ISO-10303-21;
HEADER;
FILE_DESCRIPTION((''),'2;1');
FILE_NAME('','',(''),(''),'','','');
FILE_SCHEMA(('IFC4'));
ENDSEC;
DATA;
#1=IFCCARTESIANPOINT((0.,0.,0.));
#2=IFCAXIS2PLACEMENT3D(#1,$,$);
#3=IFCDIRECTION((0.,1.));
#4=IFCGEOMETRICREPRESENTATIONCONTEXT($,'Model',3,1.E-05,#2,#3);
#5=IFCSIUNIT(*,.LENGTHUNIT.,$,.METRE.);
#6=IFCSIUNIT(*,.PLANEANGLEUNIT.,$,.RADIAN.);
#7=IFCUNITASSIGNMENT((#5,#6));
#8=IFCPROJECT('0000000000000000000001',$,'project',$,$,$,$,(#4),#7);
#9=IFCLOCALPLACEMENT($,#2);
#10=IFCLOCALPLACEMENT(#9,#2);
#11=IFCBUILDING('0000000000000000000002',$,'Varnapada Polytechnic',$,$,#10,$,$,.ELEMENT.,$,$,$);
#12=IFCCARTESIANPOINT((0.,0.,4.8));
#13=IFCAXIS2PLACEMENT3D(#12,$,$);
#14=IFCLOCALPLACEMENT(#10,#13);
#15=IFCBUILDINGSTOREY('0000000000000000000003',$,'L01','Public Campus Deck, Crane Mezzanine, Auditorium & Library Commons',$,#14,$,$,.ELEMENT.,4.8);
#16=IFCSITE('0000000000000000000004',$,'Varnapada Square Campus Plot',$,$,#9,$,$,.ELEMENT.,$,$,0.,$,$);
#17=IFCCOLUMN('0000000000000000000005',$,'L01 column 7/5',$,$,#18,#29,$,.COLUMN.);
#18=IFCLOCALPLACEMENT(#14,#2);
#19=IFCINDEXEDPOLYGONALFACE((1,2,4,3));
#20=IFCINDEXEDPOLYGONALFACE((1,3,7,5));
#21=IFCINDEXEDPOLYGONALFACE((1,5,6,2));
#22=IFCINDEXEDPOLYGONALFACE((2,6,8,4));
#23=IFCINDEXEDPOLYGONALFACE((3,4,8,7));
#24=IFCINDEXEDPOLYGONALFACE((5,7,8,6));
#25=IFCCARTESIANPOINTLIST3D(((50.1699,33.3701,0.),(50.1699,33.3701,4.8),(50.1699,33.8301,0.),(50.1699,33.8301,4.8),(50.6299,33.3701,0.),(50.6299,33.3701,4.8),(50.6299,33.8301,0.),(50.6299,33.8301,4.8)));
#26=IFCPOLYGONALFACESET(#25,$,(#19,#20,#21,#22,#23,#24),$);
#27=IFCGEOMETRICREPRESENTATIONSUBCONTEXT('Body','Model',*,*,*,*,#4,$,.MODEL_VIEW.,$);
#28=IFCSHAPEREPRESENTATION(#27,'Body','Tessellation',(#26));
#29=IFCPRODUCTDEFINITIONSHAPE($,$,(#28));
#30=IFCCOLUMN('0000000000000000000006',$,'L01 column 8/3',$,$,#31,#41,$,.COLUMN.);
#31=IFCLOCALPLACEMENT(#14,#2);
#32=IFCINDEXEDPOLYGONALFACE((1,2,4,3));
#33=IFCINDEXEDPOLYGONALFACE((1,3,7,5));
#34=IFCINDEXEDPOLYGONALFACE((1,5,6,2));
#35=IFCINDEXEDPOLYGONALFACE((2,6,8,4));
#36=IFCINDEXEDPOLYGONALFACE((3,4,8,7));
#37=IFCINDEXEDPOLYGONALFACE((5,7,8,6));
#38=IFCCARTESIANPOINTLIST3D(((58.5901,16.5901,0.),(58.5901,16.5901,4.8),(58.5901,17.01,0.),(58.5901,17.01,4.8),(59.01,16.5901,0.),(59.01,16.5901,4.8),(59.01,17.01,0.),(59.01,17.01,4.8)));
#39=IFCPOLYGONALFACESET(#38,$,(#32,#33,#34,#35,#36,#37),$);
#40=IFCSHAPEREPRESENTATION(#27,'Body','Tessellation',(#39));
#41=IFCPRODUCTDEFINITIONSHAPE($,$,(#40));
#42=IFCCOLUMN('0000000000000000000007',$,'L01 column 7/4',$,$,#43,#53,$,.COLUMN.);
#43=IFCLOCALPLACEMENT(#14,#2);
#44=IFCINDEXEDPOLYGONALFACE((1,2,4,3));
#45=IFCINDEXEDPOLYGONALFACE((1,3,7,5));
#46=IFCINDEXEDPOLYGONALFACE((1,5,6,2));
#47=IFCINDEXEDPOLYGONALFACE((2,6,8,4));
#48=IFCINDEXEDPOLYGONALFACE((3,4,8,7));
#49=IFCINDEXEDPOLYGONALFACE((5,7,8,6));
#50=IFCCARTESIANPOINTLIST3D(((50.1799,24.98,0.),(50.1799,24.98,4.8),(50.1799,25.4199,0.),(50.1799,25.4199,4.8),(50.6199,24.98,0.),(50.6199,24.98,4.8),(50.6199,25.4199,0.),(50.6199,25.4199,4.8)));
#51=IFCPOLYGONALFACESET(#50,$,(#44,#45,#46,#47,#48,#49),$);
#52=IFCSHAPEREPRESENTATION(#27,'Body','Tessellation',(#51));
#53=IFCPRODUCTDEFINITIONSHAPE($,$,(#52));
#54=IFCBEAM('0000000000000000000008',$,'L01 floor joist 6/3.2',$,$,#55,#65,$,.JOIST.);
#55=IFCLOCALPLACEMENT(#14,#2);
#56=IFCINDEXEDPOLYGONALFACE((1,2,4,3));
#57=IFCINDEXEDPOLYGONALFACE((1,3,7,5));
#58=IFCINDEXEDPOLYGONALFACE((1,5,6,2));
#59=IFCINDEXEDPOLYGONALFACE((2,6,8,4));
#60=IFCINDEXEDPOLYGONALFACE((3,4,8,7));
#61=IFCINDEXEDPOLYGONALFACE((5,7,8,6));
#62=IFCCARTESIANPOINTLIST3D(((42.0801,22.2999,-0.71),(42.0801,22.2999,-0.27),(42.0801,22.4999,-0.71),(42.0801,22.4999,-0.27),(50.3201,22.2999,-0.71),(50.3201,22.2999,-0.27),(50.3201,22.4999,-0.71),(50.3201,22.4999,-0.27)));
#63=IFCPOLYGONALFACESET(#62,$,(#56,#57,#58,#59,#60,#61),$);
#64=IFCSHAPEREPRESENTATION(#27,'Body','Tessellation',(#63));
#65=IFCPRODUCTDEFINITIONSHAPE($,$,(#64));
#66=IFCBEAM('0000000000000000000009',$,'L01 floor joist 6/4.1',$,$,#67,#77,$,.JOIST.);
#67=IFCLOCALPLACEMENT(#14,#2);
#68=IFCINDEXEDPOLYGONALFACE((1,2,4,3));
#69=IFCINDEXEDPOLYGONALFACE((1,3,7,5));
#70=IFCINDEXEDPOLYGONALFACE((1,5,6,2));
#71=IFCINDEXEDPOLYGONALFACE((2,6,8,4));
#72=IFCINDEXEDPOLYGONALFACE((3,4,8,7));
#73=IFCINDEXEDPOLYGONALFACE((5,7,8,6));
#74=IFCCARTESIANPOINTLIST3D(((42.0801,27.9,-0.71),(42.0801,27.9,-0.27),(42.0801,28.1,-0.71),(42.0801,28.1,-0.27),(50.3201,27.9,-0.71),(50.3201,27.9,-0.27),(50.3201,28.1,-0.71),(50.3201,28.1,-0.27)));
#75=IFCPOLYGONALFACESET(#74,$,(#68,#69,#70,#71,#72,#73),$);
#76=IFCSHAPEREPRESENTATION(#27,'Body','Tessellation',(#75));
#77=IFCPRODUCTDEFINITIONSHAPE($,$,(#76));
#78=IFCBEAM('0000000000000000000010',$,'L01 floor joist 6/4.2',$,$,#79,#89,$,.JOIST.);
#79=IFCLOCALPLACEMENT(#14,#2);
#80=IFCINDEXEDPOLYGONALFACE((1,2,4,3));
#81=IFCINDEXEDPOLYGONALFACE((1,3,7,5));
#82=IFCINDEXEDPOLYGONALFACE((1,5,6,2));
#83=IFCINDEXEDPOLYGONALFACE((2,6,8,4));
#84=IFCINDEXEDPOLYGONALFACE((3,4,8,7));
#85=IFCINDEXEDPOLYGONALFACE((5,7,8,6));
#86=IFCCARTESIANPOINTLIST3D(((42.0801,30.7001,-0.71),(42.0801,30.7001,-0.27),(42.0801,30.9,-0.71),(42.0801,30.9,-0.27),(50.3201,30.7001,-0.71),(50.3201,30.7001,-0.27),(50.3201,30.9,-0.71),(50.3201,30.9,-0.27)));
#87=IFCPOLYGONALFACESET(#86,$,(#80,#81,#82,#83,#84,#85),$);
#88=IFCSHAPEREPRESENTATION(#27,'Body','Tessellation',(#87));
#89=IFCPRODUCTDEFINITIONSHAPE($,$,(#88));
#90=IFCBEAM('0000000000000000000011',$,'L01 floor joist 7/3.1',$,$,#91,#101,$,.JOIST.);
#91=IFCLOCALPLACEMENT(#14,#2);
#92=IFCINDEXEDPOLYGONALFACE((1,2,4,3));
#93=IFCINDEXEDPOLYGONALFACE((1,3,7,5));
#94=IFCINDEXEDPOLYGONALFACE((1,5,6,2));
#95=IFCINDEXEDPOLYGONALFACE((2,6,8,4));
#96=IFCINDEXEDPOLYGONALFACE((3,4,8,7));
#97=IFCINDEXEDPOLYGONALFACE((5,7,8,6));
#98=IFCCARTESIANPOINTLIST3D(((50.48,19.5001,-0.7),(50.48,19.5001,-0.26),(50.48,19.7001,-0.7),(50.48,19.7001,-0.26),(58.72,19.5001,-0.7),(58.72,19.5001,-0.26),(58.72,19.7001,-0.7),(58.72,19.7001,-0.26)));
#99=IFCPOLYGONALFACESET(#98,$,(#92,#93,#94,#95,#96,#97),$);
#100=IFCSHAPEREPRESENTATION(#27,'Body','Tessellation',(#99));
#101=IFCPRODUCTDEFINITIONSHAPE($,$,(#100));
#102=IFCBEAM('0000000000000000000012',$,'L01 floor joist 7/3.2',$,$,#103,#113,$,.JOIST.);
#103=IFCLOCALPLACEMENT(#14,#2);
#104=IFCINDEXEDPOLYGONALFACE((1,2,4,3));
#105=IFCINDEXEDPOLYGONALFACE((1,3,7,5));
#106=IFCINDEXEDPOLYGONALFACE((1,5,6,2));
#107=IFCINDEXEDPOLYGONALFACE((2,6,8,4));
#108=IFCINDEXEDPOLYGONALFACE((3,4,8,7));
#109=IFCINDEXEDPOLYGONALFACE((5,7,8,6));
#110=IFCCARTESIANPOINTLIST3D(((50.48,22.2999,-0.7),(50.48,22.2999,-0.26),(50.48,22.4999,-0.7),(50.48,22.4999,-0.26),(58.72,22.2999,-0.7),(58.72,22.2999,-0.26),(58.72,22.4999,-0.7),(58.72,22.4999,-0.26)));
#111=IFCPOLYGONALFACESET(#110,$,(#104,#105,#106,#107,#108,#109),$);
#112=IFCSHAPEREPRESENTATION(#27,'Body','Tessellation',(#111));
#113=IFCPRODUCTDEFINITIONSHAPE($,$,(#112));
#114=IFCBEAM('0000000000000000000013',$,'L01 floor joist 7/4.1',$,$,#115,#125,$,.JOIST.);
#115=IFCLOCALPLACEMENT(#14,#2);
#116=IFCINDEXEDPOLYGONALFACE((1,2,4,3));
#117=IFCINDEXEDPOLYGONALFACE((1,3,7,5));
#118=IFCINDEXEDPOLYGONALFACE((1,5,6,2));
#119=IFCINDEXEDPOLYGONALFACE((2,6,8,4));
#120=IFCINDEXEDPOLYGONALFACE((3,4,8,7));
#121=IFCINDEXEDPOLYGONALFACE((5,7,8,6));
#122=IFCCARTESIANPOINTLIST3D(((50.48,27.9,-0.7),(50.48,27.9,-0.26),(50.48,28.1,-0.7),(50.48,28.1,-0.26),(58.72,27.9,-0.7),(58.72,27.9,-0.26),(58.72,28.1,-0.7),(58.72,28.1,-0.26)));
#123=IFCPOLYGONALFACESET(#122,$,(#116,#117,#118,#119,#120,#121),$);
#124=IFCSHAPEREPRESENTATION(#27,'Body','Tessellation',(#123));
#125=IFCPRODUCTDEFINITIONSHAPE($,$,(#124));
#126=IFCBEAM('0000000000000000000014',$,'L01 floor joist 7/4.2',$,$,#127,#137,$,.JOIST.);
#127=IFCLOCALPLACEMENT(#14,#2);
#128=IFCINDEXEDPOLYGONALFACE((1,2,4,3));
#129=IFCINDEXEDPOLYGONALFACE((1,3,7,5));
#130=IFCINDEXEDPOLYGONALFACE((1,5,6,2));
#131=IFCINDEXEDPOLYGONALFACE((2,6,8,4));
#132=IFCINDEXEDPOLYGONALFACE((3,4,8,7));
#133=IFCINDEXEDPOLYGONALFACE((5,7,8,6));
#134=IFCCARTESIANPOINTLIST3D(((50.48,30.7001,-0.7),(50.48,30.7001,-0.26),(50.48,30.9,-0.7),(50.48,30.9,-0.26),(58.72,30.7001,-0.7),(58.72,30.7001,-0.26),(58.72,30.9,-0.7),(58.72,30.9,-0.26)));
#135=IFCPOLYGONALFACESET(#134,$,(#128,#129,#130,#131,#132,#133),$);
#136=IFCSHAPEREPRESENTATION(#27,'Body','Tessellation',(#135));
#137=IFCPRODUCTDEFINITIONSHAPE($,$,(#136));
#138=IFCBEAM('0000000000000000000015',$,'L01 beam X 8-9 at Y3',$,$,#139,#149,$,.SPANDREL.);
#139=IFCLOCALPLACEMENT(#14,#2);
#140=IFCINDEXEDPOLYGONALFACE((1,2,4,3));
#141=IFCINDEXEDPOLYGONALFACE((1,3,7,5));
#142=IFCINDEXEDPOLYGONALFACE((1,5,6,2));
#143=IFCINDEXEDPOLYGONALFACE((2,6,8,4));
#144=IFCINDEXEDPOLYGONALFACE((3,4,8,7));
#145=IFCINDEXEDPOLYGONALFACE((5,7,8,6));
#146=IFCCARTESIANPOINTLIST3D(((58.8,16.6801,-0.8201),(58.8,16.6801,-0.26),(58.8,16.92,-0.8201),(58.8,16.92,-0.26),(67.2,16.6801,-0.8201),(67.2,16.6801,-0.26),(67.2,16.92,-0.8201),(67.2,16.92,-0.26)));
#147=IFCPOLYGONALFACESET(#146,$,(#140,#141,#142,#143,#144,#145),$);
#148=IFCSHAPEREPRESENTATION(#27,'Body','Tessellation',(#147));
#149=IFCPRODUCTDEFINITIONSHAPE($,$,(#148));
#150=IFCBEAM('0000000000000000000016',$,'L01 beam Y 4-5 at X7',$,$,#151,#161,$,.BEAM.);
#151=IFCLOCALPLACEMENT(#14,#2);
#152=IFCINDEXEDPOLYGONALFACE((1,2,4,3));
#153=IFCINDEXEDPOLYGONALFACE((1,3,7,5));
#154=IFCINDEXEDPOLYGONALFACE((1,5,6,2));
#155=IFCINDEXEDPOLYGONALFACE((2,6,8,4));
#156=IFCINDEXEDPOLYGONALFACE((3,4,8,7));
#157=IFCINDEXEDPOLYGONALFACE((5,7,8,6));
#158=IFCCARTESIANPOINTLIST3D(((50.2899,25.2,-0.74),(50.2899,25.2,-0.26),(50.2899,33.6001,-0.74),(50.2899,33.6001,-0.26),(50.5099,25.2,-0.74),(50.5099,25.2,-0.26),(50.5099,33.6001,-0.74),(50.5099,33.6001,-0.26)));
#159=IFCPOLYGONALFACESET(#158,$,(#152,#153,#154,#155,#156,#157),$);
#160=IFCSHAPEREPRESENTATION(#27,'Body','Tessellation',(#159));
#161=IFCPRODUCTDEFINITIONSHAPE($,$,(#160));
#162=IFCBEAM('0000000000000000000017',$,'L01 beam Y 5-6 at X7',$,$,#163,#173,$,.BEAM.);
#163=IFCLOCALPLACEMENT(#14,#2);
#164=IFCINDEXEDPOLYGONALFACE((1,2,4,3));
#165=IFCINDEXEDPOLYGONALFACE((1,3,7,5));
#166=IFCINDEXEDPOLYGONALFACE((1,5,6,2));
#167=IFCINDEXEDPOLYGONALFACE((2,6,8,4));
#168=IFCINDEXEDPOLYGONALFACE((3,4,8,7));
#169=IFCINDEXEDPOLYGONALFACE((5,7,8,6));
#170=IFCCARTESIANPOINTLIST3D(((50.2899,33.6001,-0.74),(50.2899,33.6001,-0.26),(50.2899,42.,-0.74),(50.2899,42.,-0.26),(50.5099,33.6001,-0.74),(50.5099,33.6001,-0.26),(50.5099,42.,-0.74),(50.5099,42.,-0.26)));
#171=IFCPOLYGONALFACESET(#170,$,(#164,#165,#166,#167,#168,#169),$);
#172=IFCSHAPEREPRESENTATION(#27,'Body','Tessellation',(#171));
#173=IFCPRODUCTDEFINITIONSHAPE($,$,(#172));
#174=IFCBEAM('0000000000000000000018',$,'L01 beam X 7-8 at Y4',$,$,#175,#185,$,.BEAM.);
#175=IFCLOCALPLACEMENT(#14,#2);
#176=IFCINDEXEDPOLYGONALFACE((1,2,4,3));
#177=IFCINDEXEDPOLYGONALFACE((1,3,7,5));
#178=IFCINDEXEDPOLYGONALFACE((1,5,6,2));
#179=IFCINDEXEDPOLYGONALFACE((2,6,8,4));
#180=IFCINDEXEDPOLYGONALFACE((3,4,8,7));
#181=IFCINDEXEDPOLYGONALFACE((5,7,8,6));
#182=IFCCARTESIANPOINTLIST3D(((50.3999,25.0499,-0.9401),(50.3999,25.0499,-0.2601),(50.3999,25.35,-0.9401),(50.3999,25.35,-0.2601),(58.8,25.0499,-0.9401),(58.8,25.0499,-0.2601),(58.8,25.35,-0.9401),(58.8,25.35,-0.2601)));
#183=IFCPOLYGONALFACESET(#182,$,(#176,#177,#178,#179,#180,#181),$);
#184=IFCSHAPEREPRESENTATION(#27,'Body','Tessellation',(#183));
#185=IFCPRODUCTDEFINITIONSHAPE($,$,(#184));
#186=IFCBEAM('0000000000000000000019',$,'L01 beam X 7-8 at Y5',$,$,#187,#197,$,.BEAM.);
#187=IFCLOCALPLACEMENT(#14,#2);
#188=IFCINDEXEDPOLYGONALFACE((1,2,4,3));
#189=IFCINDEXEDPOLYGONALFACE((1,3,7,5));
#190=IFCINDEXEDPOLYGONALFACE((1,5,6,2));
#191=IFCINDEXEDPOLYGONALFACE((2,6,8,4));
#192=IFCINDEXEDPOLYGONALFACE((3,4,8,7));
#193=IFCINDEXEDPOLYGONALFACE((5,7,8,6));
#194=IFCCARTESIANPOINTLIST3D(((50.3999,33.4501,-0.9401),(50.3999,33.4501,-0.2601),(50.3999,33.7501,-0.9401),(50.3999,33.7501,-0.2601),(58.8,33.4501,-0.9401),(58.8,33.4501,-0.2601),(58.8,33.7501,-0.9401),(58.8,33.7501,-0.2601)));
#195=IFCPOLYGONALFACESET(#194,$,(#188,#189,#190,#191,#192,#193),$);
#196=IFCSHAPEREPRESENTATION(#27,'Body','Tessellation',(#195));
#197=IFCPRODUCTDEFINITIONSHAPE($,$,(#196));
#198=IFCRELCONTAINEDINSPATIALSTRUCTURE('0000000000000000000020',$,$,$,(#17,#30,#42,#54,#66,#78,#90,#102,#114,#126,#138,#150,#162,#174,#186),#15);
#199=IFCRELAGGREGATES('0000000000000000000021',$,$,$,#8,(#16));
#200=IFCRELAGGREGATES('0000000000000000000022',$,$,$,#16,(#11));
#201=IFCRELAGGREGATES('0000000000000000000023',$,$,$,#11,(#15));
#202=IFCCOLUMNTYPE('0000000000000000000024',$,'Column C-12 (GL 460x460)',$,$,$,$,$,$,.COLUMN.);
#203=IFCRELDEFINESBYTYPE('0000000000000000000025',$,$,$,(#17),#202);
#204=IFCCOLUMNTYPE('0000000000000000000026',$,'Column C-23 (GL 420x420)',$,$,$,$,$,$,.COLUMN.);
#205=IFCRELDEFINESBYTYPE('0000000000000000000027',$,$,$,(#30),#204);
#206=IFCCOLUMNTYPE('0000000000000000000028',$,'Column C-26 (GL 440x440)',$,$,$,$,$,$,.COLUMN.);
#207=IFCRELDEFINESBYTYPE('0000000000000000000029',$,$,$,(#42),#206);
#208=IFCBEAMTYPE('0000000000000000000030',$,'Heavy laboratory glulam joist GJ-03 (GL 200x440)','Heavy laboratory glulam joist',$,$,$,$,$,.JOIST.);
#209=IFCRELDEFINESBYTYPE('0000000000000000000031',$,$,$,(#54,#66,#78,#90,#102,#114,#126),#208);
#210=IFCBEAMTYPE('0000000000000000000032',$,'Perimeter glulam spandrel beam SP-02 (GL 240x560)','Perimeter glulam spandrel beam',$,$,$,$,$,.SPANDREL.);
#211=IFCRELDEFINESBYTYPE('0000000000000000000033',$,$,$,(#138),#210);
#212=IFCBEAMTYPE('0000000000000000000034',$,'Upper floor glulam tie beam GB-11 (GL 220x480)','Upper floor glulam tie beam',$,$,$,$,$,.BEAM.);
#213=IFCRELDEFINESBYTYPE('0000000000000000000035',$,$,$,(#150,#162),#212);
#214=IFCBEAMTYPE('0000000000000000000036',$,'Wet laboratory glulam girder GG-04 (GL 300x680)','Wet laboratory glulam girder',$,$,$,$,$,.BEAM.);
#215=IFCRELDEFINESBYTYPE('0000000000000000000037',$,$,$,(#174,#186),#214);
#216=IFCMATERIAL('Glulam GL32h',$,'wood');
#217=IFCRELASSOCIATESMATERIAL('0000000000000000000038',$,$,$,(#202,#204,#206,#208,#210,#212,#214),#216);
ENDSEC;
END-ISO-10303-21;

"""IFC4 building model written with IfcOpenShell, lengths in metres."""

from ifc_helpers import new_model, si_unit, direction, frame, origin, origin_2d, place, context, subcontext, project, spatial, rectangle, extrude, material, material_profile, profile_set, type_object, element, save


model = new_model("IFC4")

# Units and contexts
model_context = context("Model", 3, precision=1e-05, world=origin(), true_north=direction((0.0, 1.0)))
body_context = subcontext(model_context, "Body", "Model", "MODEL_VIEW")
ifc_project = project(units=[si_unit("LENGTHUNIT", "METRE"), si_unit("PLANEANGLEUNIT", "RADIAN")], contexts=[model_context])

# Site, building, storey
site_placement = place(None, origin())
site = spatial("IfcSite", under=ifc_project, at=site_placement, Name="Varnapada Square Campus Plot", CompositionType="ELEMENT", RefElevation=0.0)
building_placement = place(site_placement, origin())
building = spatial("IfcBuilding", under=site, at=building_placement, Name="Varnapada Polytechnic", CompositionType="ELEMENT")
storey_placement = place(building_placement, frame((0.0, 0.0, 4.8)))
storey = spatial("IfcBuildingStorey", under=building, at=storey_placement, Name="L01", Description="Public Campus Deck, Crane Mezzanine, Auditorium & Library Commons", CompositionType="ELEMENT", Elevation=4.8)

# Columns
ifc_material_1 = material(Name="Glulam GL32h", Category="wood")
ifc_material_profile_1 = material_profile(ifc_material_1, rectangle(XDim=0.46, YDim=0.46, at=origin_2d()), Name="GL 460x460")
ifc_profile_set_1 = profile_set([ifc_material_profile_1], Name="Glulam GL32h")
column_type_1 = type_object("IfcColumnType", Name="Column C-12 (GL 460x460)", PredefinedType="COLUMN", material=ifc_profile_set_1)
column_1_placement = place(storey_placement, frame((50.3999, 33.6001, 0.0), z_axis=(0.0, 0.0, 1.0), x_axis=(1.0, 0.0, 0.0)))
element("IfcColumn", 1, at=column_1_placement, inside=storey, type_object=column_type_1, Name="L01 column 7/5", PredefinedType="COLUMN", context=body_context, shape_type="SweptSolid", body=[
    extrude(rectangle(XDim=0.46, YDim=0.46, at=origin_2d()), origin(), (0.0, 0.0, 1.0), 4.8),
])
ifc_material_profile_2 = material_profile(ifc_material_1, rectangle(XDim=0.4199, YDim=0.4199, at=origin_2d()), Name="GL 420x420")
ifc_profile_set_2 = profile_set([ifc_material_profile_2], Name="Glulam GL32h")
column_type_2 = type_object("IfcColumnType", Name="Column C-23 (GL 420x420)", PredefinedType="COLUMN", material=ifc_profile_set_2)
column_2_placement = place(storey_placement, frame((58.8, 16.8, 0.0), z_axis=(0.0, 0.0, 1.0), x_axis=(1.0, 0.0, 0.0)))
element("IfcColumn", 2, at=column_2_placement, inside=storey, type_object=column_type_2, Name="L01 column 8/3", PredefinedType="COLUMN", context=body_context, shape_type="SweptSolid", body=[
    extrude(rectangle(XDim=0.4199, YDim=0.4199, at=origin_2d()), origin(), (0.0, 0.0, 1.0), 4.8),
])
ifc_material_profile_3 = material_profile(ifc_material_1, rectangle(XDim=0.4399, YDim=0.4399, at=origin_2d()), Name="GL 440x440")
ifc_profile_set_3 = profile_set([ifc_material_profile_3], Name="Glulam GL32h")
column_type_3 = type_object("IfcColumnType", Name="Column C-26 (GL 440x440)", PredefinedType="COLUMN", material=ifc_profile_set_3)
column_3_placement = place(storey_placement, frame((50.3999, 25.2, 0.0), z_axis=(0.0, 0.0, 1.0), x_axis=(1.0, 0.0, 0.0)))
element("IfcColumn", 3, at=column_3_placement, inside=storey, type_object=column_type_3, Name="L01 column 7/4", PredefinedType="COLUMN", context=body_context, shape_type="SweptSolid", body=[
    extrude(rectangle(XDim=0.4399, YDim=0.4399, at=origin_2d()), origin(), (0.0, 0.0, 1.0), 4.8),
])

# Beams
ifc_material_profile_4 = material_profile(ifc_material_1, rectangle(XDim=0.2, YDim=0.4399, at=origin_2d()), Name="GL 200x440")
ifc_profile_set_4 = profile_set([ifc_material_profile_4], Name="Glulam GL32h")
beam_type_1 = type_object("IfcBeamType", Name="Heavy laboratory glulam joist GJ-03 (GL 200x440)", Description="Heavy laboratory glulam joist", PredefinedType="JOIST", material=ifc_profile_set_4)
for number, where, z_axis, x_axis, name in (
    (4, (42.0801, 22.3999, -0.49), (1.0, 0.0, 0.0), (0.0, 1.0, 0.0), "L01 floor joist 6/3.2"),
    (5, (42.0801, 28.0, -0.49), (1.0, 0.0, 0.0), (0.0, 1.0, 0.0), "L01 floor joist 6/4.1"),
    (6, (42.0801, 30.8, -0.49), (1.0, 0.0, 0.0), (0.0, 1.0, 0.0), "L01 floor joist 6/4.2"),
    (7, (50.48, 19.6001, -0.48), (1.0, 0.0, 0.0), (0.0, 1.0, 0.0), "L01 floor joist 7/3.1"),
    (8, (50.48, 22.3999, -0.48), (1.0, 0.0, 0.0), (0.0, 1.0, 0.0), "L01 floor joist 7/3.2"),
    (9, (50.48, 28.0, -0.48), (1.0, 0.0, 0.0), (0.0, 1.0, 0.0), "L01 floor joist 7/4.1"),
    (10, (50.48, 30.8, -0.48), (1.0, 0.0, 0.0), (0.0, 1.0, 0.0), "L01 floor joist 7/4.2"),
):
    element("IfcBeam", number, at=place(storey_placement, frame(where, z_axis=z_axis, x_axis=x_axis)), inside=storey, type_object=beam_type_1, Name=name, PredefinedType="JOIST", context=body_context, shape_type="SweptSolid", body=[
        extrude(rectangle(XDim=0.2, YDim=0.4399, at=origin_2d()), origin(), (0.0, 0.0, 1.0), 8.24),
    ])
ifc_material_profile_5 = material_profile(ifc_material_1, rectangle(XDim=0.24, YDim=0.5601, at=origin_2d()), Name="GL 240x560")
ifc_profile_set_5 = profile_set([ifc_material_profile_5], Name="Glulam GL32h")
beam_type_2 = type_object("IfcBeamType", Name="Perimeter glulam spandrel beam SP-02 (GL 240x560)", Description="Perimeter glulam spandrel beam", PredefinedType="SPANDREL", material=ifc_profile_set_5)
beam_1_placement = place(storey_placement, frame((58.8, 16.8, -0.54), z_axis=(1.0, 0.0, 0.0), x_axis=(0.0, 1.0, 0.0)))
element("IfcBeam", 11, at=beam_1_placement, inside=storey, type_object=beam_type_2, Name="L01 beam X 8-9 at Y3", PredefinedType="SPANDREL", context=body_context, shape_type="SweptSolid", body=[
    extrude(rectangle(XDim=0.24, YDim=0.5601, at=origin_2d()), origin(), (0.0, 0.0, 1.0), 8.3999),
])
ifc_material_profile_6 = material_profile(ifc_material_1, rectangle(XDim=0.22, YDim=0.48, at=origin_2d()), Name="GL 220x480")
ifc_profile_set_6 = profile_set([ifc_material_profile_6], Name="Glulam GL32h")
beam_type_3 = type_object("IfcBeamType", Name="Upper floor glulam tie beam GB-11 (GL 220x480)", Description="Upper floor glulam tie beam", PredefinedType="BEAM", material=ifc_profile_set_6)
beam_2_placement = place(storey_placement, frame((50.3999, 25.2, -0.5), z_axis=(0.0, 1.0, 0.0), x_axis=(-1.0, 0.0, 0.0)))
element("IfcBeam", 12, at=beam_2_placement, inside=storey, type_object=beam_type_3, Name="L01 beam Y 4-5 at X7", PredefinedType="BEAM", context=body_context, shape_type="SweptSolid", body=[
    extrude(rectangle(XDim=0.22, YDim=0.48, at=origin_2d()), origin(), (0.0, 0.0, 1.0), 8.4001),
])
beam_3_placement = place(storey_placement, frame((50.3999, 33.6001, -0.5), z_axis=(0.0, 1.0, 0.0), x_axis=(-1.0, 0.0, 0.0)))
element("IfcBeam", 13, at=beam_3_placement, inside=storey, type_object=beam_type_3, Name="L01 beam Y 5-6 at X7", PredefinedType="BEAM", context=body_context, shape_type="SweptSolid", body=[
    extrude(rectangle(XDim=0.22, YDim=0.48, at=origin_2d()), origin(), (0.0, 0.0, 1.0), 8.3999),
])
ifc_material_profile_7 = material_profile(ifc_material_1, rectangle(XDim=0.3, YDim=0.6799, at=origin_2d()), Name="GL 300x680")
ifc_profile_set_7 = profile_set([ifc_material_profile_7], Name="Glulam GL32h")
beam_type_4 = type_object("IfcBeamType", Name="Wet laboratory glulam girder GG-04 (GL 300x680)", Description="Wet laboratory glulam girder", PredefinedType="BEAM", material=ifc_profile_set_7)
for number, where, z_axis, x_axis, name in (
    (14, (50.3999, 25.2, -0.6001), (1.0, 0.0, 0.0), (0.0, 1.0, 0.0), "L01 beam X 7-8 at Y4"),
    (15, (50.3999, 33.6001, -0.6001), (1.0, 0.0, 0.0), (0.0, 1.0, 0.0), "L01 beam X 7-8 at Y5"),
):
    element("IfcBeam", number, at=place(storey_placement, frame(where, z_axis=z_axis, x_axis=x_axis)), inside=storey, type_object=beam_type_4, Name=name, PredefinedType="BEAM", context=body_context, shape_type="SweptSolid", body=[
        extrude(rectangle(XDim=0.3, YDim=0.6799, at=origin_2d()), origin(), (0.0, 0.0, 1.0), 8.4001),
    ])

save(model, "model.ifc")
